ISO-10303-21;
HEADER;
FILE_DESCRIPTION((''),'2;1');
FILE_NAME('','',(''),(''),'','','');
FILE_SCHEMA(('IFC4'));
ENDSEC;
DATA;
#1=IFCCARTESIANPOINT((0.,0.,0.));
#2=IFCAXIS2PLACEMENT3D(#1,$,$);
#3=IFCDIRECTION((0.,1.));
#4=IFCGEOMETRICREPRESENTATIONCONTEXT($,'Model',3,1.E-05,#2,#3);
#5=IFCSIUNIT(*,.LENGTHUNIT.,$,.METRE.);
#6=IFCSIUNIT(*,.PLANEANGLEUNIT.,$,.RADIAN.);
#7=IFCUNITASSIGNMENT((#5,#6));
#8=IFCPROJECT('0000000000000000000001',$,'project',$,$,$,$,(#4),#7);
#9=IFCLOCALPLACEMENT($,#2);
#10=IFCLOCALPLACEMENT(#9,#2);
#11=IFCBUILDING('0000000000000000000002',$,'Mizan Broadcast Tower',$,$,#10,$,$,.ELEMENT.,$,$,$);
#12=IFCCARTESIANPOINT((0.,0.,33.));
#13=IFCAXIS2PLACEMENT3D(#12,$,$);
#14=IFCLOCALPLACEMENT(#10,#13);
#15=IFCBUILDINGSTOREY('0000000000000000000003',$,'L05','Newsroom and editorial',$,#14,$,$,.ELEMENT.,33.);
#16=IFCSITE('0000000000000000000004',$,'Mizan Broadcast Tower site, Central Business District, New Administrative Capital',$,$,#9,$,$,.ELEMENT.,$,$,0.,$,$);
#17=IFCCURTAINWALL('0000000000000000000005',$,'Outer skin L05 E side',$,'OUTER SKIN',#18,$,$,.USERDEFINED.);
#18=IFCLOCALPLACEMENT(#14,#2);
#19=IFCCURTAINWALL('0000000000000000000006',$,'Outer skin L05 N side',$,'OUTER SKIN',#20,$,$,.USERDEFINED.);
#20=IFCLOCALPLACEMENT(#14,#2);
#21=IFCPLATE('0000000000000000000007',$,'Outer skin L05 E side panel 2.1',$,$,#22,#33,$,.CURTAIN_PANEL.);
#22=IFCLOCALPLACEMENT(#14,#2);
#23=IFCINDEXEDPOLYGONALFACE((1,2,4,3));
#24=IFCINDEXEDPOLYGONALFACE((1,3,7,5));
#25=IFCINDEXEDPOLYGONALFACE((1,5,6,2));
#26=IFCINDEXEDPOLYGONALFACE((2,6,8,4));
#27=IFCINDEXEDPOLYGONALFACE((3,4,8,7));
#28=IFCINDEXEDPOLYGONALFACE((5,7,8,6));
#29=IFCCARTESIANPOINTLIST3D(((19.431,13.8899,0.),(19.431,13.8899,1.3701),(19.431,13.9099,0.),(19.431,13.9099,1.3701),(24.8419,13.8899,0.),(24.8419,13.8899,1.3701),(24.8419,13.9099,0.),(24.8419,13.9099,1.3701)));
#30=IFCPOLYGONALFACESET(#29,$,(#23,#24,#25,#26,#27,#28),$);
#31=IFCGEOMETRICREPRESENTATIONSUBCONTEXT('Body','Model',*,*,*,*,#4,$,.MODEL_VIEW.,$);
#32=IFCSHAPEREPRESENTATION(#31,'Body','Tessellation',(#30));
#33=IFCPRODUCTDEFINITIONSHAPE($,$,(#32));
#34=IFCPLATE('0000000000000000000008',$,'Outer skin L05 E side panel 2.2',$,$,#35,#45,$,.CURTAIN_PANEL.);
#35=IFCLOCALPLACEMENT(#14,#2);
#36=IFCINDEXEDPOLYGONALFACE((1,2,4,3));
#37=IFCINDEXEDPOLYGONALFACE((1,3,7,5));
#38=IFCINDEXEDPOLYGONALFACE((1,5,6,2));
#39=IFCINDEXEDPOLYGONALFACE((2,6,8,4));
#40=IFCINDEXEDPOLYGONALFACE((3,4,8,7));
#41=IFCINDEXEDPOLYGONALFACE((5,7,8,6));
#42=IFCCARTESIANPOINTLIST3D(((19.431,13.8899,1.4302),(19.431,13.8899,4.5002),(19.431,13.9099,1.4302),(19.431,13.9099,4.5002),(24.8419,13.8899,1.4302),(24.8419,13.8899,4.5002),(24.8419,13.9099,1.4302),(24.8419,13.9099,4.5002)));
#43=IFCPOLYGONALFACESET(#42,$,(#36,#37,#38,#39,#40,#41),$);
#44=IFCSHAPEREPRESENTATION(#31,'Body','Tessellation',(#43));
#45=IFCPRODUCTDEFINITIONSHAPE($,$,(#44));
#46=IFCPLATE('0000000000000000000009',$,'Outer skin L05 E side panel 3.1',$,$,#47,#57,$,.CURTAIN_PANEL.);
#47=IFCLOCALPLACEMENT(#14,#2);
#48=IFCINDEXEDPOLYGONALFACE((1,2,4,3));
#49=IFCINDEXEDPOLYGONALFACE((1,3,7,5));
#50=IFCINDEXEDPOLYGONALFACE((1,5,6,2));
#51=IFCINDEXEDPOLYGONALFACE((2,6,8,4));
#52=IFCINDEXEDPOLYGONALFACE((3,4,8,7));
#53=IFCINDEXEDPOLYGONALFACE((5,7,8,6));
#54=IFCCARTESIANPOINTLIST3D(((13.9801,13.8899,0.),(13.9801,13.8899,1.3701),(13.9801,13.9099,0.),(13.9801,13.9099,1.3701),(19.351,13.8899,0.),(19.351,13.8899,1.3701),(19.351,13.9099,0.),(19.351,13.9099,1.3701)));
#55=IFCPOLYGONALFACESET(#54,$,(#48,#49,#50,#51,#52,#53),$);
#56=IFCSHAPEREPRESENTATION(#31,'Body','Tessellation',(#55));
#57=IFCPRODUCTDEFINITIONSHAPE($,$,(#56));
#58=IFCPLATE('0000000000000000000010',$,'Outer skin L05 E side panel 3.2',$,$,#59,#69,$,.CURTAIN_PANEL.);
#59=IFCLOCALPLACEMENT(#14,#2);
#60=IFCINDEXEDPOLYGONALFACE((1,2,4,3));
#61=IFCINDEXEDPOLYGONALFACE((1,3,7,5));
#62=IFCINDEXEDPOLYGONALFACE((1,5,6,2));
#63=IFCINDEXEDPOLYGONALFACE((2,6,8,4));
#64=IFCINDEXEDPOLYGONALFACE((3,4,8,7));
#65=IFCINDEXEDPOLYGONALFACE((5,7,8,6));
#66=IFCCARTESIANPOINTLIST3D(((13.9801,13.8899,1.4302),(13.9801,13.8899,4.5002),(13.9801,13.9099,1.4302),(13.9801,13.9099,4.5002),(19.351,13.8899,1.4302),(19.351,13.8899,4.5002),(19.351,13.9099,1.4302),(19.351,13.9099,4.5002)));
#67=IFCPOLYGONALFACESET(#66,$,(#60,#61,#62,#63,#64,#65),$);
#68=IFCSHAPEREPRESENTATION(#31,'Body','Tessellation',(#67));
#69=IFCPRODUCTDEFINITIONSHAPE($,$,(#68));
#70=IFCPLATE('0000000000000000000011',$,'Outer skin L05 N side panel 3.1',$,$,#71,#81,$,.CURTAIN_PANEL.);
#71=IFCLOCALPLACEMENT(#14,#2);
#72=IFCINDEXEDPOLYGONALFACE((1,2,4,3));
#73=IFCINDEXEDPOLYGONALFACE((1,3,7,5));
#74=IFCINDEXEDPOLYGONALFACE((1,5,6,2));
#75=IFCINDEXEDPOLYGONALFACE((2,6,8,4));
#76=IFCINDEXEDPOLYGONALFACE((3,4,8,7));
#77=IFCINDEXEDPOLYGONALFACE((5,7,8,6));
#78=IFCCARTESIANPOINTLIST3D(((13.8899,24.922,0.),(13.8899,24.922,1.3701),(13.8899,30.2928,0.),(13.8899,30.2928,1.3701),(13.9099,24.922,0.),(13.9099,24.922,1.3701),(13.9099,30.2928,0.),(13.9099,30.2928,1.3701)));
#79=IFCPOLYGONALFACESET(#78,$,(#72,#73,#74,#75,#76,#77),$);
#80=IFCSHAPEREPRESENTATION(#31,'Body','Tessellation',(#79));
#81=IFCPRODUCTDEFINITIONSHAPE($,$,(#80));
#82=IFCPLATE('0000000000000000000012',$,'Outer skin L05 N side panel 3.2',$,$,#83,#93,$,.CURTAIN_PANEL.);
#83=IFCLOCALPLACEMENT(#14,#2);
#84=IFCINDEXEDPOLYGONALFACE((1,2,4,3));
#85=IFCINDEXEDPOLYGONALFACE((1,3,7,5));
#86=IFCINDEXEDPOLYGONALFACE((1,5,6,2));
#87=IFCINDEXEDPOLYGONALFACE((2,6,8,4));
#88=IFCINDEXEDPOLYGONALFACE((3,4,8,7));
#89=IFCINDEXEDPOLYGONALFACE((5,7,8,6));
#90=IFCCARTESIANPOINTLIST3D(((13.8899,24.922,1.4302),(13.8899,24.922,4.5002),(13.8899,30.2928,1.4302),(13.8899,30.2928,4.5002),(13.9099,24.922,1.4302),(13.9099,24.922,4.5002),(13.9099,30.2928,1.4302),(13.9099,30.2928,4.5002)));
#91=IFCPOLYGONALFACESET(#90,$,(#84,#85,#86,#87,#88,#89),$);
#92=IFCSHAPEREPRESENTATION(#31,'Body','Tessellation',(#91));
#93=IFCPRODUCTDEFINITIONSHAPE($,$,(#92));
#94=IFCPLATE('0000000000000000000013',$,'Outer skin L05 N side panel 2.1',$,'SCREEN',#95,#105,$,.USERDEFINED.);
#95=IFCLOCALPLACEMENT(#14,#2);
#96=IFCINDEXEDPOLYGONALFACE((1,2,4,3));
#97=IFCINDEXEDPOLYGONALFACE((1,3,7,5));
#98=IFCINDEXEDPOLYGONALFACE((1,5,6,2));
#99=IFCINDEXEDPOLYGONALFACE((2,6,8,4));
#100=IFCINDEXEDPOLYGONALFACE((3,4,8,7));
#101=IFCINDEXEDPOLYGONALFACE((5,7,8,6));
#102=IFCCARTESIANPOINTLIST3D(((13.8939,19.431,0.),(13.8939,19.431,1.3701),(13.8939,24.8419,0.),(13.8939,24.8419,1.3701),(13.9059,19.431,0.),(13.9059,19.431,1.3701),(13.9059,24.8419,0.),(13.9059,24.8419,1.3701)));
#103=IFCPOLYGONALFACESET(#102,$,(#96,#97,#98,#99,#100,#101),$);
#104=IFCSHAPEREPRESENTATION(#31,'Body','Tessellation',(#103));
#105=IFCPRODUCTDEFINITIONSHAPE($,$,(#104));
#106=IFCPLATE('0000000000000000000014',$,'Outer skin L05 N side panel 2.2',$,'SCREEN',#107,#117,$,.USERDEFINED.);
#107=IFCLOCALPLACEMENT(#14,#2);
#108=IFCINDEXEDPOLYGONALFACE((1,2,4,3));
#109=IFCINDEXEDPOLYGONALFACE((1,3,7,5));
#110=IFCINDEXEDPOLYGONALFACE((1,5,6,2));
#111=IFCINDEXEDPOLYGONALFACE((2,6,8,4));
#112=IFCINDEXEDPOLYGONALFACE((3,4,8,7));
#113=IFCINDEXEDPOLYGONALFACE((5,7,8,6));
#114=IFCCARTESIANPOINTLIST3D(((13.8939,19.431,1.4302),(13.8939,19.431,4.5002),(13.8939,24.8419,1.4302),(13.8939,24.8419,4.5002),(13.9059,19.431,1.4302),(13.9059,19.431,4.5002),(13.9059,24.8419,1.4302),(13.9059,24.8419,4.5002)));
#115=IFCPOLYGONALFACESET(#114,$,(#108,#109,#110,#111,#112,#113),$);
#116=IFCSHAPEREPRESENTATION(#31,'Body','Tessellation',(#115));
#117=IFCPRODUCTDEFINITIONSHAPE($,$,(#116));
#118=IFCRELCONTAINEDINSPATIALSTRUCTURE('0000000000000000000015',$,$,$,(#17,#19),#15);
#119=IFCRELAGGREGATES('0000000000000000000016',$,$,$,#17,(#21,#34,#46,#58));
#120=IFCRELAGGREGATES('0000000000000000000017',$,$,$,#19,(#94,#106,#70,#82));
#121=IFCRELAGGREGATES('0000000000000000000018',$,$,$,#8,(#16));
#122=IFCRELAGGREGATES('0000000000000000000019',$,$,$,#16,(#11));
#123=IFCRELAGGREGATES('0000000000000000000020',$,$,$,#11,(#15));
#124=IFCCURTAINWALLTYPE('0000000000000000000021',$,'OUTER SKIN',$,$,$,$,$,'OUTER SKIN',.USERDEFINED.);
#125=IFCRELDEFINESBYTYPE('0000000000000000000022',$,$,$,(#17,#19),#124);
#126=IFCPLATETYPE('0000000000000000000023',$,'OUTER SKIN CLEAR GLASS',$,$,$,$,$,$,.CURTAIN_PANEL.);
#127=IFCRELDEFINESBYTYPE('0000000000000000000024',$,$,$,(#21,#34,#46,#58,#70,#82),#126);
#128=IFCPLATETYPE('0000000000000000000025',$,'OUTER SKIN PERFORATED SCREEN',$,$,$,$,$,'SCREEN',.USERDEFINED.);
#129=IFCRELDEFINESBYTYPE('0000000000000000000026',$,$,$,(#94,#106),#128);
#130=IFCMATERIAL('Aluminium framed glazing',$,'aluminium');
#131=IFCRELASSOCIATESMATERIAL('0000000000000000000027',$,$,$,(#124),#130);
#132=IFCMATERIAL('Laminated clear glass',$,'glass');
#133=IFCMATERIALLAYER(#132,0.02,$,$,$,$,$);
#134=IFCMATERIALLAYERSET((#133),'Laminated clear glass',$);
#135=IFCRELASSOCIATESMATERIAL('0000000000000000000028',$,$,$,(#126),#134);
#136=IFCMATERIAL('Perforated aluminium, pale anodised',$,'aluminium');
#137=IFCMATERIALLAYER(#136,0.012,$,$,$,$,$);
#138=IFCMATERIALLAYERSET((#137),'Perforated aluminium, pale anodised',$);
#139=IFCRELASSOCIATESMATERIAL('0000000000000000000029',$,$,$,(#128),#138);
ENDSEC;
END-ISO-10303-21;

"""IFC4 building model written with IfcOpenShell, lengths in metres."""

from ifc_helpers import new_model, si_unit, direction, frame, origin, origin_2d, place, context, subcontext, project, spatial, rectangle, extrude, material, layer, layer_set, type_object, element, aggregate, save


model = new_model("IFC4")

# Units and contexts
model_context = context("Model", 3, precision=1e-05, world=origin(), true_north=direction((0.0, 1.0)))
body_context = subcontext(model_context, "Body", "Model", "MODEL_VIEW")
ifc_project = project(units=[si_unit("LENGTHUNIT", "METRE"), si_unit("PLANEANGLEUNIT", "RADIAN")], contexts=[model_context])

# Site, building, storey
site_placement = place(None, origin())
site = spatial("IfcSite", under=ifc_project, at=site_placement, Name="Mizan Broadcast Tower site, Central Business District, New Administrative Capital", CompositionType="ELEMENT", RefElevation=0.0)
building_placement = place(site_placement, origin())
building = spatial("IfcBuilding", under=site, at=building_placement, Name="Mizan Broadcast Tower", CompositionType="ELEMENT")
storey_placement = place(building_placement, frame((0.0, 0.0, 33.0)))
storey = spatial("IfcBuildingStorey", under=building, at=storey_placement, Name="L05", Description="Newsroom and editorial", CompositionType="ELEMENT", Elevation=33.0)

# Shared definitions
ifc_material_1 = material(Name="Aluminium framed glazing", Category="aluminium")
curtain_wall_type_1 = type_object("IfcCurtainWallType", Name="OUTER SKIN", ElementType="OUTER SKIN", PredefinedType="USERDEFINED", material=ifc_material_1)

# Curtain walls
curtain_wall_1_placement = place(storey_placement, origin())
curtain_wall_1 = element("IfcCurtainWall", 1, at=curtain_wall_1_placement, inside=storey, type_object=curtain_wall_type_1, Name="Outer skin L05 E side", ObjectType="OUTER SKIN", PredefinedType="USERDEFINED")
curtain_wall_2_placement = place(storey_placement, origin())
curtain_wall_2 = element("IfcCurtainWall", 2, at=curtain_wall_2_placement, inside=storey, type_object=curtain_wall_type_1, Name="Outer skin L05 N side", ObjectType="OUTER SKIN", PredefinedType="USERDEFINED")

# Plates
ifc_material_2 = material(Name="Laminated clear glass", Category="glass")
ifc_layer_1 = layer(ifc_material_2, 0.02)
ifc_layer_set_1 = layer_set([ifc_layer_1], Name="Laminated clear glass")
plate_type_1 = type_object("IfcPlateType", Name="OUTER SKIN CLEAR GLASS", PredefinedType="CURTAIN_PANEL", material=ifc_layer_set_1)
plate_1_placement = place(storey_placement, frame((22.1365, 13.8999, 0.0), z_axis=(0.0, 0.0, 1.0), x_axis=(-1.0, 0.0, 0.0)))
plate_1 = element("IfcPlate", 3, at=plate_1_placement, type_object=plate_type_1, Name="Outer skin L05 E side panel 2.1", PredefinedType="CURTAIN_PANEL", context=body_context, shape_type="SweptSolid", body=[
    extrude(rectangle(XDim=5.4109, YDim=0.02, at=origin_2d()), origin(), (0.0, 0.0, 1.0), 1.3701),
])
plate_2_placement = place(storey_placement, frame((22.1365, 13.8999, 1.4302), z_axis=(0.0, 0.0, 1.0), x_axis=(-1.0, 0.0, 0.0)))
plate_2 = element("IfcPlate", 4, at=plate_2_placement, type_object=plate_type_1, Name="Outer skin L05 E side panel 2.2", PredefinedType="CURTAIN_PANEL", context=body_context, shape_type="SweptSolid", body=[
    extrude(rectangle(XDim=5.4109, YDim=0.02, at=origin_2d()), origin(), (0.0, 0.0, 1.0), 3.0701),
])
plate_3_placement = place(storey_placement, frame((16.6655, 13.8999, 0.0), z_axis=(0.0, 0.0, 1.0), x_axis=(-1.0, 0.0, 0.0)))
plate_3 = element("IfcPlate", 5, at=plate_3_placement, type_object=plate_type_1, Name="Outer skin L05 E side panel 3.1", PredefinedType="CURTAIN_PANEL", context=body_context, shape_type="SweptSolid", body=[
    extrude(rectangle(XDim=5.3708, YDim=0.02, at=origin_2d()), origin(), (0.0, 0.0, 1.0), 1.3701),
])
plate_4_placement = place(storey_placement, frame((16.6655, 13.8999, 1.4302), z_axis=(0.0, 0.0, 1.0), x_axis=(-1.0, 0.0, 0.0)))
plate_4 = element("IfcPlate", 6, at=plate_4_placement, type_object=plate_type_1, Name="Outer skin L05 E side panel 3.2", PredefinedType="CURTAIN_PANEL", context=body_context, shape_type="SweptSolid", body=[
    extrude(rectangle(XDim=5.3708, YDim=0.02, at=origin_2d()), origin(), (0.0, 0.0, 1.0), 3.0701),
])
aggregate(curtain_wall_1, [plate_1, plate_2, plate_3, plate_4])
plate_5_placement = place(storey_placement, frame((13.8999, 27.6074, 0.0), z_axis=(0.0, 0.0, 1.0), x_axis=(0.0, 1.0, 0.0)))
plate_5 = element("IfcPlate", 7, at=plate_5_placement, type_object=plate_type_1, Name="Outer skin L05 N side panel 3.1", PredefinedType="CURTAIN_PANEL", context=body_context, shape_type="SweptSolid", body=[
    extrude(rectangle(XDim=5.3708, YDim=0.02, at=origin_2d()), origin(), (0.0, 0.0, 1.0), 1.3701),
])
plate_6_placement = place(storey_placement, frame((13.8999, 27.6074, 1.4302), z_axis=(0.0, 0.0, 1.0), x_axis=(0.0, 1.0, 0.0)))
plate_6 = element("IfcPlate", 8, at=plate_6_placement, type_object=plate_type_1, Name="Outer skin L05 N side panel 3.2", PredefinedType="CURTAIN_PANEL", context=body_context, shape_type="SweptSolid", body=[
    extrude(rectangle(XDim=5.3708, YDim=0.02, at=origin_2d()), origin(), (0.0, 0.0, 1.0), 3.0701),
])
ifc_material_3 = material(Name="Perforated aluminium, pale anodised", Category="aluminium")
ifc_layer_2 = layer(ifc_material_3, 0.012)
ifc_layer_set_2 = layer_set([ifc_layer_2], Name="Perforated aluminium, pale anodised")
plate_type_2 = type_object("IfcPlateType", Name="OUTER SKIN PERFORATED SCREEN", ElementType="SCREEN", PredefinedType="USERDEFINED", material=ifc_layer_set_2)
plate_7_placement = place(storey_placement, frame((13.8999, 22.1365, 0.0), z_axis=(0.0, 0.0, 1.0), x_axis=(0.0, 1.0, 0.0)))
plate_7 = element("IfcPlate", 9, at=plate_7_placement, type_object=plate_type_2, Name="Outer skin L05 N side panel 2.1", ObjectType="SCREEN", PredefinedType="USERDEFINED", context=body_context, shape_type="SweptSolid", body=[
    extrude(rectangle(XDim=5.4109, YDim=0.012, at=origin_2d()), origin(), (0.0, 0.0, 1.0), 1.3701),
])
plate_8_placement = place(storey_placement, frame((13.8999, 22.1365, 1.4302), z_axis=(0.0, 0.0, 1.0), x_axis=(0.0, 1.0, 0.0)))
plate_8 = element("IfcPlate", 10, at=plate_8_placement, type_object=plate_type_2, Name="Outer skin L05 N side panel 2.2", ObjectType="SCREEN", PredefinedType="USERDEFINED", context=body_context, shape_type="SweptSolid", body=[
    extrude(rectangle(XDim=5.4109, YDim=0.012, at=origin_2d()), origin(), (0.0, 0.0, 1.0), 3.0701),
])
aggregate(curtain_wall_2, [plate_7, plate_8, plate_5, plate_6])

save(model, "model.ifc")
